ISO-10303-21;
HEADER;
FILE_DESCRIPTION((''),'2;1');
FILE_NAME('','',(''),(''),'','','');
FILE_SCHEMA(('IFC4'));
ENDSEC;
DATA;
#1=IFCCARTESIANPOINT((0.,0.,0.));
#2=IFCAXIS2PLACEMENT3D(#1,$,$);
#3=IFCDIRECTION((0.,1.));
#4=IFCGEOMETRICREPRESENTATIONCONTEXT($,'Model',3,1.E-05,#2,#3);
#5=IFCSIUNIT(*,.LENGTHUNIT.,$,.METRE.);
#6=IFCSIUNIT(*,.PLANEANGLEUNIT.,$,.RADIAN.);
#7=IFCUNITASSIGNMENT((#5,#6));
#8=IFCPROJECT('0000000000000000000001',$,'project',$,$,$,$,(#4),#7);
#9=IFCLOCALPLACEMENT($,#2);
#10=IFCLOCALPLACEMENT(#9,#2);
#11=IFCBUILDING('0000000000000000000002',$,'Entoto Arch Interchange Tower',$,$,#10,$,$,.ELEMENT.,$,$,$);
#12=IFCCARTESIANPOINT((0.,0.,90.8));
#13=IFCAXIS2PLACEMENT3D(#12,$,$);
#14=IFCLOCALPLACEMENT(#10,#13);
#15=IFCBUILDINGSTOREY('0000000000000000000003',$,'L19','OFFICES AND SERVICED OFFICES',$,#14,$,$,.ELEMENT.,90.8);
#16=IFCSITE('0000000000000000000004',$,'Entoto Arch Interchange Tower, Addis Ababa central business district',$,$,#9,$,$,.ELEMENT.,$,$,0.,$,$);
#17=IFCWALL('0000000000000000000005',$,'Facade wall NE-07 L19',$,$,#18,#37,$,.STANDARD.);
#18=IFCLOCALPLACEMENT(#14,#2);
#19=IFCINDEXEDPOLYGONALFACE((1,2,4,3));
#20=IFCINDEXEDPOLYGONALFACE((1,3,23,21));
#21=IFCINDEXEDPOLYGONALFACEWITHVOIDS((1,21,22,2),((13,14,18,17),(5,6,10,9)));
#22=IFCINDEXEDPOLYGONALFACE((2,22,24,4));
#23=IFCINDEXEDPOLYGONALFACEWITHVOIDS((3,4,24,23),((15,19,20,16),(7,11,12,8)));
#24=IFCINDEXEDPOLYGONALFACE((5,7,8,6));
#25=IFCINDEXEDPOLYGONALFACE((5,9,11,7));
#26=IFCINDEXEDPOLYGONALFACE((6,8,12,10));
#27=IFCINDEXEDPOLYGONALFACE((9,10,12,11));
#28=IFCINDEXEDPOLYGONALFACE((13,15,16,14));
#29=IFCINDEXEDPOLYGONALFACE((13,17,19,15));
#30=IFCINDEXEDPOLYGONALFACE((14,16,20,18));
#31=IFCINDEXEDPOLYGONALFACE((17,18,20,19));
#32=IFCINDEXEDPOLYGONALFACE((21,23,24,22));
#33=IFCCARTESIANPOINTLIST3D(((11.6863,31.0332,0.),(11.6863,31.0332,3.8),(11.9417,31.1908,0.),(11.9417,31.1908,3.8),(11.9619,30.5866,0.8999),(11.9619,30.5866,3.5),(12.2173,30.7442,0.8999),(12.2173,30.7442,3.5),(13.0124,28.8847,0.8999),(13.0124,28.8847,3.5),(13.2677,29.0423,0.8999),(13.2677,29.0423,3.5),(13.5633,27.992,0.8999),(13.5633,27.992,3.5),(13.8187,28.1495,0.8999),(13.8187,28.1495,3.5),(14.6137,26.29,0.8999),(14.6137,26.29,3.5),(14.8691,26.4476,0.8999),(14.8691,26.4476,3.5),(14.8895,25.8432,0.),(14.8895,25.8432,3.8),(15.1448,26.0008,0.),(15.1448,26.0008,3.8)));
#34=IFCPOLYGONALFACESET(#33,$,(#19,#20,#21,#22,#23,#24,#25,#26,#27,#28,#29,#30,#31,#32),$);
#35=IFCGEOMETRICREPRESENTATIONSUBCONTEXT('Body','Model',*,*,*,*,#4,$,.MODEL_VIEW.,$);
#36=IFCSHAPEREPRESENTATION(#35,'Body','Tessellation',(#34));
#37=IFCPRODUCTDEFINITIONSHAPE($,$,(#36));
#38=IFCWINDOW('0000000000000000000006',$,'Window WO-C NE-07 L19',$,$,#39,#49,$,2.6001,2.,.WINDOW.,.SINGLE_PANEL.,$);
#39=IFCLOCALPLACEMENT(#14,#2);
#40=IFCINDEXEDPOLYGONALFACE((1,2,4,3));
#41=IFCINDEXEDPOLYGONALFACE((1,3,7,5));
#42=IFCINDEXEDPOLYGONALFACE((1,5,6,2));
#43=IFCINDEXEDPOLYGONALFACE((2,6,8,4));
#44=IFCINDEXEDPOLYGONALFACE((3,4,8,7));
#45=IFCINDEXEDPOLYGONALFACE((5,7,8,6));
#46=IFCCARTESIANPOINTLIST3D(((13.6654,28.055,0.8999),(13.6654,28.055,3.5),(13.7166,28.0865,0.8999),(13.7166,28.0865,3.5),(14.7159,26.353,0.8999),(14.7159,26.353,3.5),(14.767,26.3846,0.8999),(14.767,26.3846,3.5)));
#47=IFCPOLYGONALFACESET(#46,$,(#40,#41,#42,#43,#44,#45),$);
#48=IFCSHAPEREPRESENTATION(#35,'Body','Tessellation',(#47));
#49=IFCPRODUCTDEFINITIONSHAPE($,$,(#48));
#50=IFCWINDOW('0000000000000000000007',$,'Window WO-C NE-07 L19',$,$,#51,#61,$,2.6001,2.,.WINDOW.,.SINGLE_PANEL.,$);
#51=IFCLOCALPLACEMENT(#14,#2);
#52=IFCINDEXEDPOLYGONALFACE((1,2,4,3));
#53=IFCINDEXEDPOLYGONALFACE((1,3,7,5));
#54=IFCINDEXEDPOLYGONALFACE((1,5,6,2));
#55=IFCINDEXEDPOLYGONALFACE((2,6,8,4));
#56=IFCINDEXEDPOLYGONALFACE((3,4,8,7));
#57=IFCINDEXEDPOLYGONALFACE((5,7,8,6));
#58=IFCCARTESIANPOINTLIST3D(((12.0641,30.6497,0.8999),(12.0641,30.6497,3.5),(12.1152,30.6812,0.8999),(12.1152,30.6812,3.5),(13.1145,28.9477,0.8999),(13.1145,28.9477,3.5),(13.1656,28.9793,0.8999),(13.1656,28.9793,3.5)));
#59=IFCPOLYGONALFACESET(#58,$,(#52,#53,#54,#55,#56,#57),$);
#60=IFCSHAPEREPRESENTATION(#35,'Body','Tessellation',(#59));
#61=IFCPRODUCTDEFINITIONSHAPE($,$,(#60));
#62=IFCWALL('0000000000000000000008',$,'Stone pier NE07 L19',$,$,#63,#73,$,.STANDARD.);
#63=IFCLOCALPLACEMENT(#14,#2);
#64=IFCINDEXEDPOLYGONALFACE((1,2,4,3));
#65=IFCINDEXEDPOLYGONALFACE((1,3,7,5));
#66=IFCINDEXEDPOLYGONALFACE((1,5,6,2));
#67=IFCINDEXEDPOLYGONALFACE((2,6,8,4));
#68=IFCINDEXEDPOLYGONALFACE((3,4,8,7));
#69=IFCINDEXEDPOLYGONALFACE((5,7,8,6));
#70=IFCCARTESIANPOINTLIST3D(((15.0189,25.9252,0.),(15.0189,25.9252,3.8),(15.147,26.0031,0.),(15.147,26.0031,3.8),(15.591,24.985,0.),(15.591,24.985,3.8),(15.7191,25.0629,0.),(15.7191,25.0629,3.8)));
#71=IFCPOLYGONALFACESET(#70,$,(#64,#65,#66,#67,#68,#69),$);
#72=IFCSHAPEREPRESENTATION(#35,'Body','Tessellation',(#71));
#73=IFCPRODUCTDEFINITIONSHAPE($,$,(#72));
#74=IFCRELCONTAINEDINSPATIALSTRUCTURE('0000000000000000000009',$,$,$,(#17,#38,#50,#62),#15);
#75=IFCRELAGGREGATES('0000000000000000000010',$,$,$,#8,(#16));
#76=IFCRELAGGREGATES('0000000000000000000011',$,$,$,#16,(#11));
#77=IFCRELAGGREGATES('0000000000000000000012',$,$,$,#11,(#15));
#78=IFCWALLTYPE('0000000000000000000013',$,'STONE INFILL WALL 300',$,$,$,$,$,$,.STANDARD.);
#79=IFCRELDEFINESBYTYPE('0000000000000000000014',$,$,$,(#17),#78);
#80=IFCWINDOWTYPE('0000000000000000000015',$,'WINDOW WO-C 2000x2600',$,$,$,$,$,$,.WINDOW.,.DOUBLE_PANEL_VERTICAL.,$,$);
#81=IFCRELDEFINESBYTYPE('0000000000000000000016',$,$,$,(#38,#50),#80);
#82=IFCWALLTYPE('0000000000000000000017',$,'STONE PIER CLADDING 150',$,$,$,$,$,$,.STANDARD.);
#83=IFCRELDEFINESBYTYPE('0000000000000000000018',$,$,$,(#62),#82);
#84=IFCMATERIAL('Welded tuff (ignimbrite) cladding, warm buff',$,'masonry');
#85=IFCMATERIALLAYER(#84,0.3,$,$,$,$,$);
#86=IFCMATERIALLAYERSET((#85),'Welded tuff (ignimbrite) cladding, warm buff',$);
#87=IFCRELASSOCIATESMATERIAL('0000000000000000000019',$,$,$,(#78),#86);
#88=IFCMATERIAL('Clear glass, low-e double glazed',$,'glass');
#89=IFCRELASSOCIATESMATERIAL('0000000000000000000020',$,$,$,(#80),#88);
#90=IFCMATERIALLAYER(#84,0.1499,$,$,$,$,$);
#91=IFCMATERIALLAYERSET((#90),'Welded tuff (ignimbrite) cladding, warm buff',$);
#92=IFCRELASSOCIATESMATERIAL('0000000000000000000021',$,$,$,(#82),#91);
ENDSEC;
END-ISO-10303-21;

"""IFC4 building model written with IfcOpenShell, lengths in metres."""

from ifc_helpers import new_model, si_unit, direction, frame, frame_2d, origin, place, context, subcontext, project, spatial, rectangle, extrude, material, layer, layer_set, type_object, element, fill, save


model = new_model("IFC4")

# Units and contexts
model_context = context("Model", 3, precision=1e-05, world=origin(), true_north=direction((0.0, 1.0)))
body_context = subcontext(model_context, "Body", "Model", "MODEL_VIEW")
ifc_project = project(units=[si_unit("LENGTHUNIT", "METRE"), si_unit("PLANEANGLEUNIT", "RADIAN")], contexts=[model_context])

# Site, building, storey
site_placement = place(None, origin())
site = spatial("IfcSite", under=ifc_project, at=site_placement, Name="Entoto Arch Interchange Tower, Addis Ababa central business district", CompositionType="ELEMENT", RefElevation=0.0)
building_placement = place(site_placement, origin())
building = spatial("IfcBuilding", under=site, at=building_placement, Name="Entoto Arch Interchange Tower", CompositionType="ELEMENT")
storey_placement = place(building_placement, frame((0.0, 0.0, 90.8)))
storey = spatial("IfcBuildingStorey", under=building, at=storey_placement, Name="L19", Description="OFFICES AND SERVICED OFFICES", CompositionType="ELEMENT", Elevation=90.8)

# Wall, openings, windows
ifc_material_1 = material(Name="Welded tuff (ignimbrite) cladding, warm buff", Category="masonry")
ifc_layer_1 = layer(ifc_material_1, 0.3)
ifc_layer_set_1 = layer_set([ifc_layer_1], Name="Welded tuff (ignimbrite) cladding, warm buff")
wall_type_1 = type_object("IfcWallType", Name="STONE INFILL WALL 300", PredefinedType="STANDARD", material=ifc_layer_set_1)
wall_1_placement = place(storey_placement, frame((15.0171, 25.9221, 0.0), z_axis=(0.0, 0.0, 1.0), x_axis=(-0.525205, 0.850976, 0.0)))
wall_1 = element("IfcWall", 1, at=wall_1_placement, inside=storey, type_object=wall_type_1, Name="Facade wall NE-07 L19", PredefinedType="STANDARD", context=body_context, shape_type="SweptSolid", body=[
    extrude(rectangle(XDim=6.0989, YDim=0.3, at=frame_2d((3.0493, 0.0))), origin(), (0.0, 0.0, 1.0), 3.8),
])
opening_1_placement = place(wall_1_placement, frame((0.5249, 0.0, 0.8999)))
opening_1 = element("IfcOpeningElement", 2, at=opening_1_placement, cuts=wall_1, PredefinedType="OPENING", context=body_context, shape_type="SweptSolid", body=[
    extrude(rectangle(XDim=2.0, YDim=2.6001, at=frame_2d((1.0, 1.3))), frame((0.0, 0.1602, 0.0), z_axis=(0.0, -1.0, 0.0), x_axis=(1.0, 0.0, 0.0)), (0.0, 0.0, 1.0), 0.3201),
])
opening_2_placement = place(wall_1_placement, frame((3.574, 0.0, 0.8999)))
opening_2 = element("IfcOpeningElement", 3, at=opening_2_placement, cuts=wall_1, PredefinedType="OPENING", context=body_context, shape_type="SweptSolid", body=[
    extrude(rectangle(XDim=2.0, YDim=2.6001, at=frame_2d((1.0, 1.3))), frame((0.0, 0.1602, 0.0), z_axis=(0.0, -1.0, 0.0), x_axis=(1.0, 0.0, 0.0)), (0.0, 0.0, 1.0), 0.3201),
])
ifc_material_2 = material(Name="Clear glass, low-e double glazed", Category="glass")
window_type = type_object("IfcWindowType", Name="WINDOW WO-C 2000x2600", PartitioningType="DOUBLE_PANEL_VERTICAL", PredefinedType="WINDOW", material=ifc_material_2)
window_1_placement = place(opening_1_placement, origin())
window_1 = element("IfcWindow", 4, at=window_1_placement, inside=storey, type_object=window_type, Name="Window WO-C NE-07 L19", OverallHeight=2.6001, OverallWidth=2.0, PartitioningType="SINGLE_PANEL", PredefinedType="WINDOW", context=body_context, shape_type="SweptSolid", body=[
    extrude(rectangle(XDim=2.0, YDim=2.6001, at=frame_2d((1.0, 1.3))), frame((0.0, 0.03, 0.0), z_axis=(0.0, -1.0, 0.0), x_axis=(1.0, 0.0, 0.0)), (0.0, 0.0, 1.0), 0.0601),
])
fill(opening_1, window_1)
window_2_placement = place(opening_2_placement, origin())
window_2 = element("IfcWindow", 5, at=window_2_placement, inside=storey, type_object=window_type, Name="Window WO-C NE-07 L19", OverallHeight=2.6001, OverallWidth=2.0, PartitioningType="SINGLE_PANEL", PredefinedType="WINDOW", context=body_context, shape_type="SweptSolid", body=[
    extrude(rectangle(XDim=2.0, YDim=2.6001, at=frame_2d((1.0, 1.3))), frame((0.0, 0.03, 0.0), z_axis=(0.0, -1.0, 0.0), x_axis=(1.0, 0.0, 0.0)), (0.0, 0.0, 1.0), 0.0601),
])
fill(opening_2, window_2)

# Wall
ifc_layer_2 = layer(ifc_material_1, 0.1499)
ifc_layer_set_2 = layer_set([ifc_layer_2], Name="Welded tuff (ignimbrite) cladding, warm buff")
wall_type_2 = type_object("IfcWallType", Name="STONE PIER CLADDING 150", PredefinedType="STANDARD", material=ifc_layer_set_2)
wall_2_placement = place(storey_placement, frame((15.655, 25.0239, 0.0), z_axis=(0.0, 0.0, 1.0), x_axis=(-0.519771, 0.854306, 0.0)))
element("IfcWall", 6, at=wall_2_placement, inside=storey, type_object=wall_type_2, Name="Stone pier NE07 L19", PredefinedType="STANDARD", context=body_context, shape_type="SweptSolid", body=[
    extrude(rectangle(XDim=1.1006, YDim=0.1499, at=frame_2d((0.5503, 0.0))), origin(), (0.0, 0.0, 1.0), 3.8),
])

save(model, "model.ifc")
